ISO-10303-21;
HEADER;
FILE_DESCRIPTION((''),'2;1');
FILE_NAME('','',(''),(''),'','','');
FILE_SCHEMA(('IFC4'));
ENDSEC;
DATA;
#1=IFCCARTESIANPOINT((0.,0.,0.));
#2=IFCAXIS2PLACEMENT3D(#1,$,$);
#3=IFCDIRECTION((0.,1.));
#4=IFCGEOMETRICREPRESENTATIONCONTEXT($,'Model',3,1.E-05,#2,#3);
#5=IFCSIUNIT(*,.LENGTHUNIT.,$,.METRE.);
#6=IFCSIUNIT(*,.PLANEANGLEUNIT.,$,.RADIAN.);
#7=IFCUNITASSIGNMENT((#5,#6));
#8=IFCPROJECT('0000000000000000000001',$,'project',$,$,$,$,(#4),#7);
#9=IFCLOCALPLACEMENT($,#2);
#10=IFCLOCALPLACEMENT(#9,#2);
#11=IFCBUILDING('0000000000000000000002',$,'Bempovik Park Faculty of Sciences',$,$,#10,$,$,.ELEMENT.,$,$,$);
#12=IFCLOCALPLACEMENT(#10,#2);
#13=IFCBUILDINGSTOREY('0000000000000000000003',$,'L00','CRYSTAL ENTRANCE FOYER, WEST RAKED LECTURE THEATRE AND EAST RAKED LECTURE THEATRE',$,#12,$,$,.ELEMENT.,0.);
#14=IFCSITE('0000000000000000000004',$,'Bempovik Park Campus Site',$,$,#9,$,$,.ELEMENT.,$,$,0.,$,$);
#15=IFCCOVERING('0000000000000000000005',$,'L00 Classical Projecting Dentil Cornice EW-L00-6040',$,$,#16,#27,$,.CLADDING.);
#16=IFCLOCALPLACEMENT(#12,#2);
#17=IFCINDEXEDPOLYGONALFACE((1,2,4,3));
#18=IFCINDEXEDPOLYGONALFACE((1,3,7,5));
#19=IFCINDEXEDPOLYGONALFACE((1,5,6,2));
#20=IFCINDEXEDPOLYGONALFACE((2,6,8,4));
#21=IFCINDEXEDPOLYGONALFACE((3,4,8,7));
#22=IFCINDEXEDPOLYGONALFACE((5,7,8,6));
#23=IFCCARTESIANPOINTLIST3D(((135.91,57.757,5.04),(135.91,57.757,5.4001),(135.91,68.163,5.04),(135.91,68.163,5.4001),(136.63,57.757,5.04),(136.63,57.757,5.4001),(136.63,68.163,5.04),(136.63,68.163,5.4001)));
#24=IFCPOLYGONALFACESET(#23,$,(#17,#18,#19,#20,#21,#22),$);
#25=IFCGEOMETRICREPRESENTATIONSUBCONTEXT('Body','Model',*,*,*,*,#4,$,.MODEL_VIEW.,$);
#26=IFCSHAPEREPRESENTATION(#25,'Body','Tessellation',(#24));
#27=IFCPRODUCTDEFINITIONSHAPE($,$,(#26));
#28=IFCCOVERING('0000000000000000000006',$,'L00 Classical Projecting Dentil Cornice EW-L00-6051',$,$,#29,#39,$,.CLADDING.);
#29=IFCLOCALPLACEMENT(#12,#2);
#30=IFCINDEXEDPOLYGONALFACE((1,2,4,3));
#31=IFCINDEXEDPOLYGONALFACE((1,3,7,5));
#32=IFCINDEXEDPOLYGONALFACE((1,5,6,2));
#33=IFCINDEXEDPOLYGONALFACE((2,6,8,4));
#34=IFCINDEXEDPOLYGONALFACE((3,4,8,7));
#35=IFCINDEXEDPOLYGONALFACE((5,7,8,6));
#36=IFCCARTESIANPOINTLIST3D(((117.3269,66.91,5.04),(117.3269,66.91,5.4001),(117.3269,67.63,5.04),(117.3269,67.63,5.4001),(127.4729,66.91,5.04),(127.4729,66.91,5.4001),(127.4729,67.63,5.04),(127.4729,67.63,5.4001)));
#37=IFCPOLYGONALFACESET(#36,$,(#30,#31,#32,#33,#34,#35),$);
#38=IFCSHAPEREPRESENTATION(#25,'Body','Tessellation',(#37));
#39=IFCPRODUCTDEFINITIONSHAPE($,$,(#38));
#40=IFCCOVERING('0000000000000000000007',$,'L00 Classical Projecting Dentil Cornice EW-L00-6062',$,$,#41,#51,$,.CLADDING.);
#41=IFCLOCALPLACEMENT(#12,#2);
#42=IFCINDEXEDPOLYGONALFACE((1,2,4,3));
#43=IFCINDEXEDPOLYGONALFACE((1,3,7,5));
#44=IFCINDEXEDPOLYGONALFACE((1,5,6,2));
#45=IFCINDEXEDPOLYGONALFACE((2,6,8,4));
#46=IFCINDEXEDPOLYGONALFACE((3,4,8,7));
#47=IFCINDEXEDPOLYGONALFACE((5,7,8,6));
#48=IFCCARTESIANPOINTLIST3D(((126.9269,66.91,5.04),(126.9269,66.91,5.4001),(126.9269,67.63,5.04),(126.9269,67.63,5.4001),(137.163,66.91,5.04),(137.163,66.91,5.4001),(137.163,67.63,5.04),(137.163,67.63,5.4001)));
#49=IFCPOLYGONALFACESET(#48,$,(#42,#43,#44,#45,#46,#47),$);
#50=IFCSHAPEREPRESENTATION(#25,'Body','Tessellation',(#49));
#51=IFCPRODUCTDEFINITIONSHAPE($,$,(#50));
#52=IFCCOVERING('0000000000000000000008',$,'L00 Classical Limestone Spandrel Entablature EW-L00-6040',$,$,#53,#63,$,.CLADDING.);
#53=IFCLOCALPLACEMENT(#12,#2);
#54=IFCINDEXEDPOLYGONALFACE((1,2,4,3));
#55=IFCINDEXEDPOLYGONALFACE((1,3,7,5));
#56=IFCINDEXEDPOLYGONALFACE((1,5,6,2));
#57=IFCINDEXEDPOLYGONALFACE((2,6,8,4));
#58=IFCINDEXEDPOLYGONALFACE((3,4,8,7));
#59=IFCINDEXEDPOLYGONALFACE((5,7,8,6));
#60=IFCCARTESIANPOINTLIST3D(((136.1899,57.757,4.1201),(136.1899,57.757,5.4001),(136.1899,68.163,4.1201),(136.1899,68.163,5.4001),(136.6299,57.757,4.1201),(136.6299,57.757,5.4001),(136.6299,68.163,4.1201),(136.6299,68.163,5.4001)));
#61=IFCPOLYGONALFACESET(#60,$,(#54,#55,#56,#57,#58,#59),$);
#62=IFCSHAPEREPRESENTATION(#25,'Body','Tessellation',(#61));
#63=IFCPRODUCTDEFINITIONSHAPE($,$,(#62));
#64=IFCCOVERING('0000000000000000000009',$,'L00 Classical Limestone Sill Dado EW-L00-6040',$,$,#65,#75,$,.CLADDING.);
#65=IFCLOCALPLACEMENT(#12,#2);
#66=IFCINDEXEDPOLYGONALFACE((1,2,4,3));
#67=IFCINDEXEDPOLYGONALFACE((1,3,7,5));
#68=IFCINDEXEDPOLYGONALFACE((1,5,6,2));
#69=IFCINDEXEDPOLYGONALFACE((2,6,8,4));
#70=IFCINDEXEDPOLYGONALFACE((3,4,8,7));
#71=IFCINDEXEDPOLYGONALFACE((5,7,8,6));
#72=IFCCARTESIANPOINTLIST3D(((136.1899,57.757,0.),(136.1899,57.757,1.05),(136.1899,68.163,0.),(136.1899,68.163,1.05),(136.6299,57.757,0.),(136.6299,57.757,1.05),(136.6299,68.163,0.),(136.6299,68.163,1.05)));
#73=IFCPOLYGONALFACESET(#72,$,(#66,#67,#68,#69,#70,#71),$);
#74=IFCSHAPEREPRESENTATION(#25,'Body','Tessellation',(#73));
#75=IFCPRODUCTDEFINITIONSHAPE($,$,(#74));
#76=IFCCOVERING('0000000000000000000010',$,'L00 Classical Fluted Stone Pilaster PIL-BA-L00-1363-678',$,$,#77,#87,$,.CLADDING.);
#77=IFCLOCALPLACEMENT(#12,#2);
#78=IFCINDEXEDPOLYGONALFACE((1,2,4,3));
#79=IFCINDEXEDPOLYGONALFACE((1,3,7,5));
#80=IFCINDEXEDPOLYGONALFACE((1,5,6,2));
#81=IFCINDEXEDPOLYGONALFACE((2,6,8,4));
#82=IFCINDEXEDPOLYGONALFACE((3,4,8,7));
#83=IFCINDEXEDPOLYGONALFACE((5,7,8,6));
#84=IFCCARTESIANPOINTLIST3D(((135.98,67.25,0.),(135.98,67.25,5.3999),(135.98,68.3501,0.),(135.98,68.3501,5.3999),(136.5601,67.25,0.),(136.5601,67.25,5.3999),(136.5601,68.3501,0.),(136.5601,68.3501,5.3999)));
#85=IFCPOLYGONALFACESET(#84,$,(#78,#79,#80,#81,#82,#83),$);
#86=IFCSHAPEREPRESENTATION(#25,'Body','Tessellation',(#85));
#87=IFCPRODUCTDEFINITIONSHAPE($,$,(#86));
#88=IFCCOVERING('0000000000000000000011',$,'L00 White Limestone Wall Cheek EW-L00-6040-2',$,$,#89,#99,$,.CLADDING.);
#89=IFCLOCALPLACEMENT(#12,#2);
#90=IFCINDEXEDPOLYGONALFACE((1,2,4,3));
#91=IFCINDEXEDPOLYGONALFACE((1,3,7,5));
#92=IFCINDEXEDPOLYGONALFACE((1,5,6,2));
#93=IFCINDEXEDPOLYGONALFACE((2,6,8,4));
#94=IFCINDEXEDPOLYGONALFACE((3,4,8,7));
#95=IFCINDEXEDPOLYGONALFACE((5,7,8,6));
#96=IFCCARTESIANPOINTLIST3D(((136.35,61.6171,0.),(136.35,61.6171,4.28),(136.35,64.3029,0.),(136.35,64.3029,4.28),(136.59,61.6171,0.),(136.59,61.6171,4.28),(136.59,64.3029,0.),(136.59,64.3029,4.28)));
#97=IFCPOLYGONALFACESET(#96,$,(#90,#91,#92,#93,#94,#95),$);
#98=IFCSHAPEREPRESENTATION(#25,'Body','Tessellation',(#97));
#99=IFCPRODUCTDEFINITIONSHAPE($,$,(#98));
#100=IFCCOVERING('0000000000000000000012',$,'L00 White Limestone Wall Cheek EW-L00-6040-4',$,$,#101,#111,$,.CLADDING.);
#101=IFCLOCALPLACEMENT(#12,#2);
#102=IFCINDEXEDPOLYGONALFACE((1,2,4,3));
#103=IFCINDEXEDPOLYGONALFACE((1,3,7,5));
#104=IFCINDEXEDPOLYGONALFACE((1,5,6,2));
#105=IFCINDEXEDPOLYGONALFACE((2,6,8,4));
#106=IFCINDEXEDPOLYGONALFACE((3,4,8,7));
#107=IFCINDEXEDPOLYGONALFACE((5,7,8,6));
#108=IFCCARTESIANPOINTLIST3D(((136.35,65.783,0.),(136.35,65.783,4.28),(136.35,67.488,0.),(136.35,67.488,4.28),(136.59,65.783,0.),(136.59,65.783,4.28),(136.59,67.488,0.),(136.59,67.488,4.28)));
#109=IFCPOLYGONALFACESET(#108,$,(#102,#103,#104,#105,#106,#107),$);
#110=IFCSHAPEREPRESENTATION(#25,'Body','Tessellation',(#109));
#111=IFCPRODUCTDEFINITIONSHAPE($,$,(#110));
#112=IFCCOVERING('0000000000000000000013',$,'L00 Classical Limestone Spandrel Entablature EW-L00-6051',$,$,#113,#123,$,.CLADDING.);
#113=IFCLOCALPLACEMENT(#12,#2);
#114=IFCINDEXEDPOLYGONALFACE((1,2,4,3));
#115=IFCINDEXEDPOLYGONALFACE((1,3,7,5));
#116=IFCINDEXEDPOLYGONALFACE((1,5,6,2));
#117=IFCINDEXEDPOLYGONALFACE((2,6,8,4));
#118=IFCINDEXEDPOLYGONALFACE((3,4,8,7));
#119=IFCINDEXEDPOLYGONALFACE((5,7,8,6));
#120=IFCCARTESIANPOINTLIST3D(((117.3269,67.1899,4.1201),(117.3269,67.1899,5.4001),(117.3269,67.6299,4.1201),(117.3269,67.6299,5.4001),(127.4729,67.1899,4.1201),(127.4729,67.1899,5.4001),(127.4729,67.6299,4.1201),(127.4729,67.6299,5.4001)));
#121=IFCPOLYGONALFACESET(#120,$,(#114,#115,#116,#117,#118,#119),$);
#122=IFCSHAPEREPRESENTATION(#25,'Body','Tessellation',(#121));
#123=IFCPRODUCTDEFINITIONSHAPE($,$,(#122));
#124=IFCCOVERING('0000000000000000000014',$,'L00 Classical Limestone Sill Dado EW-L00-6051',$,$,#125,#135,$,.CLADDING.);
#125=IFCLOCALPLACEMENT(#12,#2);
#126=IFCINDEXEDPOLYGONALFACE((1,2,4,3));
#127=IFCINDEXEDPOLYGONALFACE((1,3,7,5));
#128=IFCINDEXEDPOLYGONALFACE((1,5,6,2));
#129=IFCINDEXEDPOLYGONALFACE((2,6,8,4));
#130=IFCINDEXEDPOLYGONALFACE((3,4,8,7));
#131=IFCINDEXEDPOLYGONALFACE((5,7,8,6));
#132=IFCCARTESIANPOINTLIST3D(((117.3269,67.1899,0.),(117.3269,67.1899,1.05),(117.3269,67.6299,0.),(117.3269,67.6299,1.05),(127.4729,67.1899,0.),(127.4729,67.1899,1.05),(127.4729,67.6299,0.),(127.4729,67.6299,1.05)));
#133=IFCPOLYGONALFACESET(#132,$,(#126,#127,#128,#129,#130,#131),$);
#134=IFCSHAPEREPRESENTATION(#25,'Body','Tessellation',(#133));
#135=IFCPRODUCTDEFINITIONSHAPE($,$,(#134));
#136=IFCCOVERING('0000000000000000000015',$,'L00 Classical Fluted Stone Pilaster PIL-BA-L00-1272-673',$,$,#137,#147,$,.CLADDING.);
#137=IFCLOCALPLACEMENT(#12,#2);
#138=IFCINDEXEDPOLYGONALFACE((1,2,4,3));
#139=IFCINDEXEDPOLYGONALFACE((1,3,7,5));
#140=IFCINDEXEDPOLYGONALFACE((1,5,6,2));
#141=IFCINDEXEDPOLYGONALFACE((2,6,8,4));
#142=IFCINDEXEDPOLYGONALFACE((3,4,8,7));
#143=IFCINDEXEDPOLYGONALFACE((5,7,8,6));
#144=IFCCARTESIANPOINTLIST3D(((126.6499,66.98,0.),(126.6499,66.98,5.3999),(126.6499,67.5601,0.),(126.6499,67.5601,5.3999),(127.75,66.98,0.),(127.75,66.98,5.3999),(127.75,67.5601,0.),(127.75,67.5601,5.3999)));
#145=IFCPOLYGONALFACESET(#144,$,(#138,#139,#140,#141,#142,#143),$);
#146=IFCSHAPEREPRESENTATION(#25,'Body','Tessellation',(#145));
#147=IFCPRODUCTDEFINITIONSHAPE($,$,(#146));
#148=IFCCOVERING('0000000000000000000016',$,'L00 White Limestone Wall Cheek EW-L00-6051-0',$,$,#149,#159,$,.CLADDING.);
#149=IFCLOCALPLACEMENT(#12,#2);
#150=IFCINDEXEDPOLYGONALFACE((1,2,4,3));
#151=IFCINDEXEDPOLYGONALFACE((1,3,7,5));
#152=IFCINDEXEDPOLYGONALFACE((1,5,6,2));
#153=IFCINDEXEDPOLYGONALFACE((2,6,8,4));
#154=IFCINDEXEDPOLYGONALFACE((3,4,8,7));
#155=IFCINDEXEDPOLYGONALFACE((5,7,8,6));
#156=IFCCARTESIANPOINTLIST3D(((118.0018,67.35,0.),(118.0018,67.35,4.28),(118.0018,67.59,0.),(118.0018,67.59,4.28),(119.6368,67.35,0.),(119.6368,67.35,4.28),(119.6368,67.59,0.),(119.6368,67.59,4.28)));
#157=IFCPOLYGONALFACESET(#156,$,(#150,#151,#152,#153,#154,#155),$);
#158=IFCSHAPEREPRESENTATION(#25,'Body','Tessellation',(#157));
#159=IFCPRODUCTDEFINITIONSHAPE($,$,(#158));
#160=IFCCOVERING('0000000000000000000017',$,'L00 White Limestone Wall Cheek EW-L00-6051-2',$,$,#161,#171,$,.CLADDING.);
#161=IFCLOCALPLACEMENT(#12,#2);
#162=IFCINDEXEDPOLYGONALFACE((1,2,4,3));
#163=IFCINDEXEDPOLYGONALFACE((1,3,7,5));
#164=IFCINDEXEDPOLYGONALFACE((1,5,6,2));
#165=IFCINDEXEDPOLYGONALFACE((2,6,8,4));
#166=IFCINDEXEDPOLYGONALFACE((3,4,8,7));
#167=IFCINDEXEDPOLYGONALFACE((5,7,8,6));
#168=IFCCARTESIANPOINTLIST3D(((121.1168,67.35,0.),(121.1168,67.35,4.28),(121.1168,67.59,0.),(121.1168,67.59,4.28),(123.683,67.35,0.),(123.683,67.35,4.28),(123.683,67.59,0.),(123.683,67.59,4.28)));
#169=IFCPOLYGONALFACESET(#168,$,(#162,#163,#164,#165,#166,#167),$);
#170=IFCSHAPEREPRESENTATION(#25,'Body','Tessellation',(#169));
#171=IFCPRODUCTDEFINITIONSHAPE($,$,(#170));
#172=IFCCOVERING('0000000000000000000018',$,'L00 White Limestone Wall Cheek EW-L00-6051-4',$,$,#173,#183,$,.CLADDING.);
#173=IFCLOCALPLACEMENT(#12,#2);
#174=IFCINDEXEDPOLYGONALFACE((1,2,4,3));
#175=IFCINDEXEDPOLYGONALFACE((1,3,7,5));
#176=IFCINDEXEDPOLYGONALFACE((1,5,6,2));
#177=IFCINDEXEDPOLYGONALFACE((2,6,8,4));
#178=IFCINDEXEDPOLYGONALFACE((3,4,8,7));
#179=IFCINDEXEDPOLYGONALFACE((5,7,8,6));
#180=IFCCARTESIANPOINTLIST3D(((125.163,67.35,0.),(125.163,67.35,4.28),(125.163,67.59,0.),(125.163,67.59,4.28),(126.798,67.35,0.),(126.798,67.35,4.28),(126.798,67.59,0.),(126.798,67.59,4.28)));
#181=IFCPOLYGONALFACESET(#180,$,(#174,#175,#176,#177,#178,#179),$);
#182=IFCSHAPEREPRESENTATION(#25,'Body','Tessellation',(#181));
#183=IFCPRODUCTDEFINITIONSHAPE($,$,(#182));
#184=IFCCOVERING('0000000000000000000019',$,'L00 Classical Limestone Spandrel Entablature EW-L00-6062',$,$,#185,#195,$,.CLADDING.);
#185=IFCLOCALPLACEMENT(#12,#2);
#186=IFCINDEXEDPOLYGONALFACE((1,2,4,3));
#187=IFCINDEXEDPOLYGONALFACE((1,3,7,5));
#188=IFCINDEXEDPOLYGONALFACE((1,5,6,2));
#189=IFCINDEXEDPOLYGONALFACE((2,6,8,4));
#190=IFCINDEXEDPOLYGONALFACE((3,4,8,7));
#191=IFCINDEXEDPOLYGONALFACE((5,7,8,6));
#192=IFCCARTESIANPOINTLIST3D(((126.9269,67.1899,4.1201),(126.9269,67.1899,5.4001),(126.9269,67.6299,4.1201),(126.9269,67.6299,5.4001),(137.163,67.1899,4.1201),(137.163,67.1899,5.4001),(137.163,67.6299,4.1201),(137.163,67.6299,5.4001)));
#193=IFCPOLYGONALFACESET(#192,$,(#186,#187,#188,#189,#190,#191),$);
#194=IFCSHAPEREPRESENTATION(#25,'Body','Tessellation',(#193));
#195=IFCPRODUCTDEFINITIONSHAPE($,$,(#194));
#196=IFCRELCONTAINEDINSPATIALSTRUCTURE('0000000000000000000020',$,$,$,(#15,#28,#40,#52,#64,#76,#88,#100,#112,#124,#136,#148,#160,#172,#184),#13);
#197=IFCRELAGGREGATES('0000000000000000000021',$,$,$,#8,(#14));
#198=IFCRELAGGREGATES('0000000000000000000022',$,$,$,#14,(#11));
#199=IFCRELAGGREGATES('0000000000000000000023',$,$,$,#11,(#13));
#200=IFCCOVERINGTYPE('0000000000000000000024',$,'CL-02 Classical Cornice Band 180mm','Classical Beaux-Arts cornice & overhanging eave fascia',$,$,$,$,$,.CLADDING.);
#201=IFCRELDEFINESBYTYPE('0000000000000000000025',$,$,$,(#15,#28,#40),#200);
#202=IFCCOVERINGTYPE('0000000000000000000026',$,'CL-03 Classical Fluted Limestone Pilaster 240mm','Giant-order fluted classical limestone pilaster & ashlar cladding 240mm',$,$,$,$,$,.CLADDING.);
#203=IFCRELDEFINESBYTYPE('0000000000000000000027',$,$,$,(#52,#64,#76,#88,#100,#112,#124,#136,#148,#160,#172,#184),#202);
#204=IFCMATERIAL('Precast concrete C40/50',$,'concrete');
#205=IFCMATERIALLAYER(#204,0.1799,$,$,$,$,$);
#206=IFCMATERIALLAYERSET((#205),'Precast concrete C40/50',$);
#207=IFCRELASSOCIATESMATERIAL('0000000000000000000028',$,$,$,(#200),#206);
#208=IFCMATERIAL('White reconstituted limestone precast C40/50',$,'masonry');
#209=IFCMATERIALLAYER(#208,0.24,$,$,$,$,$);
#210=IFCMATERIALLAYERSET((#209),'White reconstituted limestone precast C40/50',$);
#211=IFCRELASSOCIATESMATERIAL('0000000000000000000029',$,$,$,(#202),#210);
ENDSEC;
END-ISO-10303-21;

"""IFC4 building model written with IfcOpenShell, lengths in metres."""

from ifc_helpers import new_model, si_unit, direction, frame, origin, origin_2d, place, context, subcontext, project, spatial, rectangle, extrude, material, layer, layer_set, type_object, element, save


model = new_model("IFC4")

# Units and contexts
model_context = context("Model", 3, precision=1e-05, world=origin(), true_north=direction((0.0, 1.0)))
body_context = subcontext(model_context, "Body", "Model", "MODEL_VIEW")
ifc_project = project(units=[si_unit("LENGTHUNIT", "METRE"), si_unit("PLANEANGLEUNIT", "RADIAN")], contexts=[model_context])

# Site, building, storey
site_placement = place(None, origin())
site = spatial("IfcSite", under=ifc_project, at=site_placement, Name="Bempovik Park Campus Site", CompositionType="ELEMENT", RefElevation=0.0)
building_placement = place(site_placement, origin())
building = spatial("IfcBuilding", under=site, at=building_placement, Name="Bempovik Park Faculty of Sciences", CompositionType="ELEMENT")
storey_placement = place(building_placement, origin())
storey = spatial("IfcBuildingStorey", under=building, at=storey_placement, Name="L00", Description="CRYSTAL ENTRANCE FOYER, WEST RAKED LECTURE THEATRE AND EAST RAKED LECTURE THEATRE", CompositionType="ELEMENT", Elevation=0.0)

# Shared definitions
ifc_material_1 = material(Name="Precast concrete C40/50", Category="concrete")

# Coverings
ifc_layer_1 = layer(ifc_material_1, 0.1799)
ifc_layer_set_1 = layer_set([ifc_layer_1], Name="Precast concrete C40/50")
covering_type_1 = type_object("IfcCoveringType", Name="CL-02 Classical Cornice Band 180mm", Description="Classical Beaux-Arts cornice & overhanging eave fascia", PredefinedType="CLADDING", material=ifc_layer_set_1)
covering_1_placement = place(storey_placement, frame((136.27, 62.96, 5.04), z_axis=(0.0, 0.0, 1.0), x_axis=(1.0, 0.0, 0.0)))
element("IfcCovering", 1, at=covering_1_placement, inside=storey, type_object=covering_type_1, Name="L00 Classical Projecting Dentil Cornice EW-L00-6040", PredefinedType="CLADDING", context=body_context, shape_type="SweptSolid", body=[
    extrude(rectangle(XDim=0.72, YDim=10.406, at=origin_2d()), origin(), (0.0, 0.0, 1.0), 0.3601),
])
covering_2_placement = place(storey_placement, frame((122.3999, 67.27, 5.04), z_axis=(0.0, 0.0, 1.0), x_axis=(1.0, 0.0, 0.0)))
element("IfcCovering", 2, at=covering_2_placement, inside=storey, type_object=covering_type_1, Name="L00 Classical Projecting Dentil Cornice EW-L00-6051", PredefinedType="CLADDING", context=body_context, shape_type="SweptSolid", body=[
    extrude(rectangle(XDim=10.146, YDim=0.72, at=origin_2d()), origin(), (0.0, 0.0, 1.0), 0.3601),
])
covering_3_placement = place(storey_placement, frame((132.0449, 67.27, 5.04), z_axis=(0.0, 0.0, 1.0), x_axis=(1.0, 0.0, 0.0)))
element("IfcCovering", 3, at=covering_3_placement, inside=storey, type_object=covering_type_1, Name="L00 Classical Projecting Dentil Cornice EW-L00-6062", PredefinedType="CLADDING", context=body_context, shape_type="SweptSolid", body=[
    extrude(rectangle(XDim=10.2361, YDim=0.72, at=origin_2d()), origin(), (0.0, 0.0, 1.0), 0.3601),
])
ifc_material_2 = material(Name="White reconstituted limestone precast C40/50", Category="masonry")
ifc_layer_2 = layer(ifc_material_2, 0.24)
ifc_layer_set_2 = layer_set([ifc_layer_2], Name="White reconstituted limestone precast C40/50")
covering_type_2 = type_object("IfcCoveringType", Name="CL-03 Classical Fluted Limestone Pilaster 240mm", Description="Giant-order fluted classical limestone pilaster & ashlar cladding 240mm", PredefinedType="CLADDING", material=ifc_layer_set_2)
covering_4_placement = place(storey_placement, frame((136.4099, 62.96, 4.1201), z_axis=(0.0, 0.0, 1.0), x_axis=(1.0, 0.0, 0.0)))
element("IfcCovering", 4, at=covering_4_placement, inside=storey, type_object=covering_type_2, Name="L00 Classical Limestone Spandrel Entablature EW-L00-6040", PredefinedType="CLADDING", context=body_context, shape_type="SweptSolid", body=[
    extrude(rectangle(XDim=0.4399, YDim=10.406, at=origin_2d()), origin(), (0.0, 0.0, 1.0), 1.28),
])
covering_5_placement = place(storey_placement, frame((136.4099, 62.96, 0.0), z_axis=(0.0, 0.0, 1.0), x_axis=(1.0, 0.0, 0.0)))
element("IfcCovering", 5, at=covering_5_placement, inside=storey, type_object=covering_type_2, Name="L00 Classical Limestone Sill Dado EW-L00-6040", PredefinedType="CLADDING", context=body_context, shape_type="SweptSolid", body=[
    extrude(rectangle(XDim=0.4399, YDim=10.406, at=origin_2d()), origin(), (0.0, 0.0, 1.0), 1.05),
])
covering_6_placement = place(storey_placement, frame((136.27, 67.8, 0.0), z_axis=(0.0, 0.0, 1.0), x_axis=(1.0, 0.0, 0.0)))
element("IfcCovering", 6, at=covering_6_placement, inside=storey, type_object=covering_type_2, Name="L00 Classical Fluted Stone Pilaster PIL-BA-L00-1363-678", PredefinedType="CLADDING", context=body_context, shape_type="SweptSolid", body=[
    extrude(rectangle(XDim=0.5801, YDim=1.1001, at=origin_2d()), origin(), (0.0, 0.0, 1.0), 5.3999),
])
covering_7_placement = place(storey_placement, frame((136.47, 62.96, 0.0), z_axis=(0.0, 0.0, 1.0), x_axis=(1.0, 0.0, 0.0)))
element("IfcCovering", 7, at=covering_7_placement, inside=storey, type_object=covering_type_2, Name="L00 White Limestone Wall Cheek EW-L00-6040-2", PredefinedType="CLADDING", context=body_context, shape_type="SweptSolid", body=[
    extrude(rectangle(XDim=0.24, YDim=2.6858, at=origin_2d()), origin(), (0.0, 0.0, 1.0), 4.28),
])
covering_8_placement = place(storey_placement, frame((136.47, 66.6355, 0.0), z_axis=(0.0, 0.0, 1.0), x_axis=(1.0, 0.0, 0.0)))
element("IfcCovering", 8, at=covering_8_placement, inside=storey, type_object=covering_type_2, Name="L00 White Limestone Wall Cheek EW-L00-6040-4", PredefinedType="CLADDING", context=body_context, shape_type="SweptSolid", body=[
    extrude(rectangle(XDim=0.24, YDim=1.7051, at=origin_2d()), origin(), (0.0, 0.0, 1.0), 4.28),
])
covering_9_placement = place(storey_placement, frame((122.3999, 67.4099, 4.1201), z_axis=(0.0, 0.0, 1.0), x_axis=(1.0, 0.0, 0.0)))
element("IfcCovering", 9, at=covering_9_placement, inside=storey, type_object=covering_type_2, Name="L00 Classical Limestone Spandrel Entablature EW-L00-6051", PredefinedType="CLADDING", context=body_context, shape_type="SweptSolid", body=[
    extrude(rectangle(XDim=10.146, YDim=0.4399, at=origin_2d()), origin(), (0.0, 0.0, 1.0), 1.28),
])
covering_10_placement = place(storey_placement, frame((122.3999, 67.4099, 0.0), z_axis=(0.0, 0.0, 1.0), x_axis=(1.0, 0.0, 0.0)))
element("IfcCovering", 10, at=covering_10_placement, inside=storey, type_object=covering_type_2, Name="L00 Classical Limestone Sill Dado EW-L00-6051", PredefinedType="CLADDING", context=body_context, shape_type="SweptSolid", body=[
    extrude(rectangle(XDim=10.146, YDim=0.4399, at=origin_2d()), origin(), (0.0, 0.0, 1.0), 1.05),
])
covering_11_placement = place(storey_placement, frame((127.2, 67.27, 0.0), z_axis=(0.0, 0.0, 1.0), x_axis=(1.0, 0.0, 0.0)))
element("IfcCovering", 11, at=covering_11_placement, inside=storey, type_object=covering_type_2, Name="L00 Classical Fluted Stone Pilaster PIL-BA-L00-1272-673", PredefinedType="CLADDING", context=body_context, shape_type="SweptSolid", body=[
    extrude(rectangle(XDim=1.1001, YDim=0.5801, at=origin_2d()), origin(), (0.0, 0.0, 1.0), 5.3999),
])
covering_12_placement = place(storey_placement, frame((118.8193, 67.47, 0.0), z_axis=(0.0, 0.0, 1.0), x_axis=(1.0, 0.0, 0.0)))
element("IfcCovering", 12, at=covering_12_placement, inside=storey, type_object=covering_type_2, Name="L00 White Limestone Wall Cheek EW-L00-6051-0", PredefinedType="CLADDING", context=body_context, shape_type="SweptSolid", body=[
    extrude(rectangle(XDim=1.635, YDim=0.24, at=origin_2d()), origin(), (0.0, 0.0, 1.0), 4.28),
])
covering_13_placement = place(storey_placement, frame((122.3999, 67.47, 0.0), z_axis=(0.0, 0.0, 1.0), x_axis=(1.0, 0.0, 0.0)))
element("IfcCovering", 13, at=covering_13_placement, inside=storey, type_object=covering_type_2, Name="L00 White Limestone Wall Cheek EW-L00-6051-2", PredefinedType="CLADDING", context=body_context, shape_type="SweptSolid", body=[
    extrude(rectangle(XDim=2.5662, YDim=0.24, at=origin_2d()), origin(), (0.0, 0.0, 1.0), 4.28),
])
covering_14_placement = place(storey_placement, frame((125.9805, 67.47, 0.0), z_axis=(0.0, 0.0, 1.0), x_axis=(1.0, 0.0, 0.0)))
element("IfcCovering", 14, at=covering_14_placement, inside=storey, type_object=covering_type_2, Name="L00 White Limestone Wall Cheek EW-L00-6051-4", PredefinedType="CLADDING", context=body_context, shape_type="SweptSolid", body=[
    extrude(rectangle(XDim=1.635, YDim=0.24, at=origin_2d()), origin(), (0.0, 0.0, 1.0), 4.28),
])
covering_15_placement = place(storey_placement, frame((132.0449, 67.4099, 4.1201), z_axis=(0.0, 0.0, 1.0), x_axis=(1.0, 0.0, 0.0)))
element("IfcCovering", 15, at=covering_15_placement, inside=storey, type_object=covering_type_2, Name="L00 Classical Limestone Spandrel Entablature EW-L00-6062", PredefinedType="CLADDING", context=body_context, shape_type="SweptSolid", body=[
    extrude(rectangle(XDim=10.2361, YDim=0.4399, at=origin_2d()), origin(), (0.0, 0.0, 1.0), 1.28),
])

save(model, "model.ifc")
